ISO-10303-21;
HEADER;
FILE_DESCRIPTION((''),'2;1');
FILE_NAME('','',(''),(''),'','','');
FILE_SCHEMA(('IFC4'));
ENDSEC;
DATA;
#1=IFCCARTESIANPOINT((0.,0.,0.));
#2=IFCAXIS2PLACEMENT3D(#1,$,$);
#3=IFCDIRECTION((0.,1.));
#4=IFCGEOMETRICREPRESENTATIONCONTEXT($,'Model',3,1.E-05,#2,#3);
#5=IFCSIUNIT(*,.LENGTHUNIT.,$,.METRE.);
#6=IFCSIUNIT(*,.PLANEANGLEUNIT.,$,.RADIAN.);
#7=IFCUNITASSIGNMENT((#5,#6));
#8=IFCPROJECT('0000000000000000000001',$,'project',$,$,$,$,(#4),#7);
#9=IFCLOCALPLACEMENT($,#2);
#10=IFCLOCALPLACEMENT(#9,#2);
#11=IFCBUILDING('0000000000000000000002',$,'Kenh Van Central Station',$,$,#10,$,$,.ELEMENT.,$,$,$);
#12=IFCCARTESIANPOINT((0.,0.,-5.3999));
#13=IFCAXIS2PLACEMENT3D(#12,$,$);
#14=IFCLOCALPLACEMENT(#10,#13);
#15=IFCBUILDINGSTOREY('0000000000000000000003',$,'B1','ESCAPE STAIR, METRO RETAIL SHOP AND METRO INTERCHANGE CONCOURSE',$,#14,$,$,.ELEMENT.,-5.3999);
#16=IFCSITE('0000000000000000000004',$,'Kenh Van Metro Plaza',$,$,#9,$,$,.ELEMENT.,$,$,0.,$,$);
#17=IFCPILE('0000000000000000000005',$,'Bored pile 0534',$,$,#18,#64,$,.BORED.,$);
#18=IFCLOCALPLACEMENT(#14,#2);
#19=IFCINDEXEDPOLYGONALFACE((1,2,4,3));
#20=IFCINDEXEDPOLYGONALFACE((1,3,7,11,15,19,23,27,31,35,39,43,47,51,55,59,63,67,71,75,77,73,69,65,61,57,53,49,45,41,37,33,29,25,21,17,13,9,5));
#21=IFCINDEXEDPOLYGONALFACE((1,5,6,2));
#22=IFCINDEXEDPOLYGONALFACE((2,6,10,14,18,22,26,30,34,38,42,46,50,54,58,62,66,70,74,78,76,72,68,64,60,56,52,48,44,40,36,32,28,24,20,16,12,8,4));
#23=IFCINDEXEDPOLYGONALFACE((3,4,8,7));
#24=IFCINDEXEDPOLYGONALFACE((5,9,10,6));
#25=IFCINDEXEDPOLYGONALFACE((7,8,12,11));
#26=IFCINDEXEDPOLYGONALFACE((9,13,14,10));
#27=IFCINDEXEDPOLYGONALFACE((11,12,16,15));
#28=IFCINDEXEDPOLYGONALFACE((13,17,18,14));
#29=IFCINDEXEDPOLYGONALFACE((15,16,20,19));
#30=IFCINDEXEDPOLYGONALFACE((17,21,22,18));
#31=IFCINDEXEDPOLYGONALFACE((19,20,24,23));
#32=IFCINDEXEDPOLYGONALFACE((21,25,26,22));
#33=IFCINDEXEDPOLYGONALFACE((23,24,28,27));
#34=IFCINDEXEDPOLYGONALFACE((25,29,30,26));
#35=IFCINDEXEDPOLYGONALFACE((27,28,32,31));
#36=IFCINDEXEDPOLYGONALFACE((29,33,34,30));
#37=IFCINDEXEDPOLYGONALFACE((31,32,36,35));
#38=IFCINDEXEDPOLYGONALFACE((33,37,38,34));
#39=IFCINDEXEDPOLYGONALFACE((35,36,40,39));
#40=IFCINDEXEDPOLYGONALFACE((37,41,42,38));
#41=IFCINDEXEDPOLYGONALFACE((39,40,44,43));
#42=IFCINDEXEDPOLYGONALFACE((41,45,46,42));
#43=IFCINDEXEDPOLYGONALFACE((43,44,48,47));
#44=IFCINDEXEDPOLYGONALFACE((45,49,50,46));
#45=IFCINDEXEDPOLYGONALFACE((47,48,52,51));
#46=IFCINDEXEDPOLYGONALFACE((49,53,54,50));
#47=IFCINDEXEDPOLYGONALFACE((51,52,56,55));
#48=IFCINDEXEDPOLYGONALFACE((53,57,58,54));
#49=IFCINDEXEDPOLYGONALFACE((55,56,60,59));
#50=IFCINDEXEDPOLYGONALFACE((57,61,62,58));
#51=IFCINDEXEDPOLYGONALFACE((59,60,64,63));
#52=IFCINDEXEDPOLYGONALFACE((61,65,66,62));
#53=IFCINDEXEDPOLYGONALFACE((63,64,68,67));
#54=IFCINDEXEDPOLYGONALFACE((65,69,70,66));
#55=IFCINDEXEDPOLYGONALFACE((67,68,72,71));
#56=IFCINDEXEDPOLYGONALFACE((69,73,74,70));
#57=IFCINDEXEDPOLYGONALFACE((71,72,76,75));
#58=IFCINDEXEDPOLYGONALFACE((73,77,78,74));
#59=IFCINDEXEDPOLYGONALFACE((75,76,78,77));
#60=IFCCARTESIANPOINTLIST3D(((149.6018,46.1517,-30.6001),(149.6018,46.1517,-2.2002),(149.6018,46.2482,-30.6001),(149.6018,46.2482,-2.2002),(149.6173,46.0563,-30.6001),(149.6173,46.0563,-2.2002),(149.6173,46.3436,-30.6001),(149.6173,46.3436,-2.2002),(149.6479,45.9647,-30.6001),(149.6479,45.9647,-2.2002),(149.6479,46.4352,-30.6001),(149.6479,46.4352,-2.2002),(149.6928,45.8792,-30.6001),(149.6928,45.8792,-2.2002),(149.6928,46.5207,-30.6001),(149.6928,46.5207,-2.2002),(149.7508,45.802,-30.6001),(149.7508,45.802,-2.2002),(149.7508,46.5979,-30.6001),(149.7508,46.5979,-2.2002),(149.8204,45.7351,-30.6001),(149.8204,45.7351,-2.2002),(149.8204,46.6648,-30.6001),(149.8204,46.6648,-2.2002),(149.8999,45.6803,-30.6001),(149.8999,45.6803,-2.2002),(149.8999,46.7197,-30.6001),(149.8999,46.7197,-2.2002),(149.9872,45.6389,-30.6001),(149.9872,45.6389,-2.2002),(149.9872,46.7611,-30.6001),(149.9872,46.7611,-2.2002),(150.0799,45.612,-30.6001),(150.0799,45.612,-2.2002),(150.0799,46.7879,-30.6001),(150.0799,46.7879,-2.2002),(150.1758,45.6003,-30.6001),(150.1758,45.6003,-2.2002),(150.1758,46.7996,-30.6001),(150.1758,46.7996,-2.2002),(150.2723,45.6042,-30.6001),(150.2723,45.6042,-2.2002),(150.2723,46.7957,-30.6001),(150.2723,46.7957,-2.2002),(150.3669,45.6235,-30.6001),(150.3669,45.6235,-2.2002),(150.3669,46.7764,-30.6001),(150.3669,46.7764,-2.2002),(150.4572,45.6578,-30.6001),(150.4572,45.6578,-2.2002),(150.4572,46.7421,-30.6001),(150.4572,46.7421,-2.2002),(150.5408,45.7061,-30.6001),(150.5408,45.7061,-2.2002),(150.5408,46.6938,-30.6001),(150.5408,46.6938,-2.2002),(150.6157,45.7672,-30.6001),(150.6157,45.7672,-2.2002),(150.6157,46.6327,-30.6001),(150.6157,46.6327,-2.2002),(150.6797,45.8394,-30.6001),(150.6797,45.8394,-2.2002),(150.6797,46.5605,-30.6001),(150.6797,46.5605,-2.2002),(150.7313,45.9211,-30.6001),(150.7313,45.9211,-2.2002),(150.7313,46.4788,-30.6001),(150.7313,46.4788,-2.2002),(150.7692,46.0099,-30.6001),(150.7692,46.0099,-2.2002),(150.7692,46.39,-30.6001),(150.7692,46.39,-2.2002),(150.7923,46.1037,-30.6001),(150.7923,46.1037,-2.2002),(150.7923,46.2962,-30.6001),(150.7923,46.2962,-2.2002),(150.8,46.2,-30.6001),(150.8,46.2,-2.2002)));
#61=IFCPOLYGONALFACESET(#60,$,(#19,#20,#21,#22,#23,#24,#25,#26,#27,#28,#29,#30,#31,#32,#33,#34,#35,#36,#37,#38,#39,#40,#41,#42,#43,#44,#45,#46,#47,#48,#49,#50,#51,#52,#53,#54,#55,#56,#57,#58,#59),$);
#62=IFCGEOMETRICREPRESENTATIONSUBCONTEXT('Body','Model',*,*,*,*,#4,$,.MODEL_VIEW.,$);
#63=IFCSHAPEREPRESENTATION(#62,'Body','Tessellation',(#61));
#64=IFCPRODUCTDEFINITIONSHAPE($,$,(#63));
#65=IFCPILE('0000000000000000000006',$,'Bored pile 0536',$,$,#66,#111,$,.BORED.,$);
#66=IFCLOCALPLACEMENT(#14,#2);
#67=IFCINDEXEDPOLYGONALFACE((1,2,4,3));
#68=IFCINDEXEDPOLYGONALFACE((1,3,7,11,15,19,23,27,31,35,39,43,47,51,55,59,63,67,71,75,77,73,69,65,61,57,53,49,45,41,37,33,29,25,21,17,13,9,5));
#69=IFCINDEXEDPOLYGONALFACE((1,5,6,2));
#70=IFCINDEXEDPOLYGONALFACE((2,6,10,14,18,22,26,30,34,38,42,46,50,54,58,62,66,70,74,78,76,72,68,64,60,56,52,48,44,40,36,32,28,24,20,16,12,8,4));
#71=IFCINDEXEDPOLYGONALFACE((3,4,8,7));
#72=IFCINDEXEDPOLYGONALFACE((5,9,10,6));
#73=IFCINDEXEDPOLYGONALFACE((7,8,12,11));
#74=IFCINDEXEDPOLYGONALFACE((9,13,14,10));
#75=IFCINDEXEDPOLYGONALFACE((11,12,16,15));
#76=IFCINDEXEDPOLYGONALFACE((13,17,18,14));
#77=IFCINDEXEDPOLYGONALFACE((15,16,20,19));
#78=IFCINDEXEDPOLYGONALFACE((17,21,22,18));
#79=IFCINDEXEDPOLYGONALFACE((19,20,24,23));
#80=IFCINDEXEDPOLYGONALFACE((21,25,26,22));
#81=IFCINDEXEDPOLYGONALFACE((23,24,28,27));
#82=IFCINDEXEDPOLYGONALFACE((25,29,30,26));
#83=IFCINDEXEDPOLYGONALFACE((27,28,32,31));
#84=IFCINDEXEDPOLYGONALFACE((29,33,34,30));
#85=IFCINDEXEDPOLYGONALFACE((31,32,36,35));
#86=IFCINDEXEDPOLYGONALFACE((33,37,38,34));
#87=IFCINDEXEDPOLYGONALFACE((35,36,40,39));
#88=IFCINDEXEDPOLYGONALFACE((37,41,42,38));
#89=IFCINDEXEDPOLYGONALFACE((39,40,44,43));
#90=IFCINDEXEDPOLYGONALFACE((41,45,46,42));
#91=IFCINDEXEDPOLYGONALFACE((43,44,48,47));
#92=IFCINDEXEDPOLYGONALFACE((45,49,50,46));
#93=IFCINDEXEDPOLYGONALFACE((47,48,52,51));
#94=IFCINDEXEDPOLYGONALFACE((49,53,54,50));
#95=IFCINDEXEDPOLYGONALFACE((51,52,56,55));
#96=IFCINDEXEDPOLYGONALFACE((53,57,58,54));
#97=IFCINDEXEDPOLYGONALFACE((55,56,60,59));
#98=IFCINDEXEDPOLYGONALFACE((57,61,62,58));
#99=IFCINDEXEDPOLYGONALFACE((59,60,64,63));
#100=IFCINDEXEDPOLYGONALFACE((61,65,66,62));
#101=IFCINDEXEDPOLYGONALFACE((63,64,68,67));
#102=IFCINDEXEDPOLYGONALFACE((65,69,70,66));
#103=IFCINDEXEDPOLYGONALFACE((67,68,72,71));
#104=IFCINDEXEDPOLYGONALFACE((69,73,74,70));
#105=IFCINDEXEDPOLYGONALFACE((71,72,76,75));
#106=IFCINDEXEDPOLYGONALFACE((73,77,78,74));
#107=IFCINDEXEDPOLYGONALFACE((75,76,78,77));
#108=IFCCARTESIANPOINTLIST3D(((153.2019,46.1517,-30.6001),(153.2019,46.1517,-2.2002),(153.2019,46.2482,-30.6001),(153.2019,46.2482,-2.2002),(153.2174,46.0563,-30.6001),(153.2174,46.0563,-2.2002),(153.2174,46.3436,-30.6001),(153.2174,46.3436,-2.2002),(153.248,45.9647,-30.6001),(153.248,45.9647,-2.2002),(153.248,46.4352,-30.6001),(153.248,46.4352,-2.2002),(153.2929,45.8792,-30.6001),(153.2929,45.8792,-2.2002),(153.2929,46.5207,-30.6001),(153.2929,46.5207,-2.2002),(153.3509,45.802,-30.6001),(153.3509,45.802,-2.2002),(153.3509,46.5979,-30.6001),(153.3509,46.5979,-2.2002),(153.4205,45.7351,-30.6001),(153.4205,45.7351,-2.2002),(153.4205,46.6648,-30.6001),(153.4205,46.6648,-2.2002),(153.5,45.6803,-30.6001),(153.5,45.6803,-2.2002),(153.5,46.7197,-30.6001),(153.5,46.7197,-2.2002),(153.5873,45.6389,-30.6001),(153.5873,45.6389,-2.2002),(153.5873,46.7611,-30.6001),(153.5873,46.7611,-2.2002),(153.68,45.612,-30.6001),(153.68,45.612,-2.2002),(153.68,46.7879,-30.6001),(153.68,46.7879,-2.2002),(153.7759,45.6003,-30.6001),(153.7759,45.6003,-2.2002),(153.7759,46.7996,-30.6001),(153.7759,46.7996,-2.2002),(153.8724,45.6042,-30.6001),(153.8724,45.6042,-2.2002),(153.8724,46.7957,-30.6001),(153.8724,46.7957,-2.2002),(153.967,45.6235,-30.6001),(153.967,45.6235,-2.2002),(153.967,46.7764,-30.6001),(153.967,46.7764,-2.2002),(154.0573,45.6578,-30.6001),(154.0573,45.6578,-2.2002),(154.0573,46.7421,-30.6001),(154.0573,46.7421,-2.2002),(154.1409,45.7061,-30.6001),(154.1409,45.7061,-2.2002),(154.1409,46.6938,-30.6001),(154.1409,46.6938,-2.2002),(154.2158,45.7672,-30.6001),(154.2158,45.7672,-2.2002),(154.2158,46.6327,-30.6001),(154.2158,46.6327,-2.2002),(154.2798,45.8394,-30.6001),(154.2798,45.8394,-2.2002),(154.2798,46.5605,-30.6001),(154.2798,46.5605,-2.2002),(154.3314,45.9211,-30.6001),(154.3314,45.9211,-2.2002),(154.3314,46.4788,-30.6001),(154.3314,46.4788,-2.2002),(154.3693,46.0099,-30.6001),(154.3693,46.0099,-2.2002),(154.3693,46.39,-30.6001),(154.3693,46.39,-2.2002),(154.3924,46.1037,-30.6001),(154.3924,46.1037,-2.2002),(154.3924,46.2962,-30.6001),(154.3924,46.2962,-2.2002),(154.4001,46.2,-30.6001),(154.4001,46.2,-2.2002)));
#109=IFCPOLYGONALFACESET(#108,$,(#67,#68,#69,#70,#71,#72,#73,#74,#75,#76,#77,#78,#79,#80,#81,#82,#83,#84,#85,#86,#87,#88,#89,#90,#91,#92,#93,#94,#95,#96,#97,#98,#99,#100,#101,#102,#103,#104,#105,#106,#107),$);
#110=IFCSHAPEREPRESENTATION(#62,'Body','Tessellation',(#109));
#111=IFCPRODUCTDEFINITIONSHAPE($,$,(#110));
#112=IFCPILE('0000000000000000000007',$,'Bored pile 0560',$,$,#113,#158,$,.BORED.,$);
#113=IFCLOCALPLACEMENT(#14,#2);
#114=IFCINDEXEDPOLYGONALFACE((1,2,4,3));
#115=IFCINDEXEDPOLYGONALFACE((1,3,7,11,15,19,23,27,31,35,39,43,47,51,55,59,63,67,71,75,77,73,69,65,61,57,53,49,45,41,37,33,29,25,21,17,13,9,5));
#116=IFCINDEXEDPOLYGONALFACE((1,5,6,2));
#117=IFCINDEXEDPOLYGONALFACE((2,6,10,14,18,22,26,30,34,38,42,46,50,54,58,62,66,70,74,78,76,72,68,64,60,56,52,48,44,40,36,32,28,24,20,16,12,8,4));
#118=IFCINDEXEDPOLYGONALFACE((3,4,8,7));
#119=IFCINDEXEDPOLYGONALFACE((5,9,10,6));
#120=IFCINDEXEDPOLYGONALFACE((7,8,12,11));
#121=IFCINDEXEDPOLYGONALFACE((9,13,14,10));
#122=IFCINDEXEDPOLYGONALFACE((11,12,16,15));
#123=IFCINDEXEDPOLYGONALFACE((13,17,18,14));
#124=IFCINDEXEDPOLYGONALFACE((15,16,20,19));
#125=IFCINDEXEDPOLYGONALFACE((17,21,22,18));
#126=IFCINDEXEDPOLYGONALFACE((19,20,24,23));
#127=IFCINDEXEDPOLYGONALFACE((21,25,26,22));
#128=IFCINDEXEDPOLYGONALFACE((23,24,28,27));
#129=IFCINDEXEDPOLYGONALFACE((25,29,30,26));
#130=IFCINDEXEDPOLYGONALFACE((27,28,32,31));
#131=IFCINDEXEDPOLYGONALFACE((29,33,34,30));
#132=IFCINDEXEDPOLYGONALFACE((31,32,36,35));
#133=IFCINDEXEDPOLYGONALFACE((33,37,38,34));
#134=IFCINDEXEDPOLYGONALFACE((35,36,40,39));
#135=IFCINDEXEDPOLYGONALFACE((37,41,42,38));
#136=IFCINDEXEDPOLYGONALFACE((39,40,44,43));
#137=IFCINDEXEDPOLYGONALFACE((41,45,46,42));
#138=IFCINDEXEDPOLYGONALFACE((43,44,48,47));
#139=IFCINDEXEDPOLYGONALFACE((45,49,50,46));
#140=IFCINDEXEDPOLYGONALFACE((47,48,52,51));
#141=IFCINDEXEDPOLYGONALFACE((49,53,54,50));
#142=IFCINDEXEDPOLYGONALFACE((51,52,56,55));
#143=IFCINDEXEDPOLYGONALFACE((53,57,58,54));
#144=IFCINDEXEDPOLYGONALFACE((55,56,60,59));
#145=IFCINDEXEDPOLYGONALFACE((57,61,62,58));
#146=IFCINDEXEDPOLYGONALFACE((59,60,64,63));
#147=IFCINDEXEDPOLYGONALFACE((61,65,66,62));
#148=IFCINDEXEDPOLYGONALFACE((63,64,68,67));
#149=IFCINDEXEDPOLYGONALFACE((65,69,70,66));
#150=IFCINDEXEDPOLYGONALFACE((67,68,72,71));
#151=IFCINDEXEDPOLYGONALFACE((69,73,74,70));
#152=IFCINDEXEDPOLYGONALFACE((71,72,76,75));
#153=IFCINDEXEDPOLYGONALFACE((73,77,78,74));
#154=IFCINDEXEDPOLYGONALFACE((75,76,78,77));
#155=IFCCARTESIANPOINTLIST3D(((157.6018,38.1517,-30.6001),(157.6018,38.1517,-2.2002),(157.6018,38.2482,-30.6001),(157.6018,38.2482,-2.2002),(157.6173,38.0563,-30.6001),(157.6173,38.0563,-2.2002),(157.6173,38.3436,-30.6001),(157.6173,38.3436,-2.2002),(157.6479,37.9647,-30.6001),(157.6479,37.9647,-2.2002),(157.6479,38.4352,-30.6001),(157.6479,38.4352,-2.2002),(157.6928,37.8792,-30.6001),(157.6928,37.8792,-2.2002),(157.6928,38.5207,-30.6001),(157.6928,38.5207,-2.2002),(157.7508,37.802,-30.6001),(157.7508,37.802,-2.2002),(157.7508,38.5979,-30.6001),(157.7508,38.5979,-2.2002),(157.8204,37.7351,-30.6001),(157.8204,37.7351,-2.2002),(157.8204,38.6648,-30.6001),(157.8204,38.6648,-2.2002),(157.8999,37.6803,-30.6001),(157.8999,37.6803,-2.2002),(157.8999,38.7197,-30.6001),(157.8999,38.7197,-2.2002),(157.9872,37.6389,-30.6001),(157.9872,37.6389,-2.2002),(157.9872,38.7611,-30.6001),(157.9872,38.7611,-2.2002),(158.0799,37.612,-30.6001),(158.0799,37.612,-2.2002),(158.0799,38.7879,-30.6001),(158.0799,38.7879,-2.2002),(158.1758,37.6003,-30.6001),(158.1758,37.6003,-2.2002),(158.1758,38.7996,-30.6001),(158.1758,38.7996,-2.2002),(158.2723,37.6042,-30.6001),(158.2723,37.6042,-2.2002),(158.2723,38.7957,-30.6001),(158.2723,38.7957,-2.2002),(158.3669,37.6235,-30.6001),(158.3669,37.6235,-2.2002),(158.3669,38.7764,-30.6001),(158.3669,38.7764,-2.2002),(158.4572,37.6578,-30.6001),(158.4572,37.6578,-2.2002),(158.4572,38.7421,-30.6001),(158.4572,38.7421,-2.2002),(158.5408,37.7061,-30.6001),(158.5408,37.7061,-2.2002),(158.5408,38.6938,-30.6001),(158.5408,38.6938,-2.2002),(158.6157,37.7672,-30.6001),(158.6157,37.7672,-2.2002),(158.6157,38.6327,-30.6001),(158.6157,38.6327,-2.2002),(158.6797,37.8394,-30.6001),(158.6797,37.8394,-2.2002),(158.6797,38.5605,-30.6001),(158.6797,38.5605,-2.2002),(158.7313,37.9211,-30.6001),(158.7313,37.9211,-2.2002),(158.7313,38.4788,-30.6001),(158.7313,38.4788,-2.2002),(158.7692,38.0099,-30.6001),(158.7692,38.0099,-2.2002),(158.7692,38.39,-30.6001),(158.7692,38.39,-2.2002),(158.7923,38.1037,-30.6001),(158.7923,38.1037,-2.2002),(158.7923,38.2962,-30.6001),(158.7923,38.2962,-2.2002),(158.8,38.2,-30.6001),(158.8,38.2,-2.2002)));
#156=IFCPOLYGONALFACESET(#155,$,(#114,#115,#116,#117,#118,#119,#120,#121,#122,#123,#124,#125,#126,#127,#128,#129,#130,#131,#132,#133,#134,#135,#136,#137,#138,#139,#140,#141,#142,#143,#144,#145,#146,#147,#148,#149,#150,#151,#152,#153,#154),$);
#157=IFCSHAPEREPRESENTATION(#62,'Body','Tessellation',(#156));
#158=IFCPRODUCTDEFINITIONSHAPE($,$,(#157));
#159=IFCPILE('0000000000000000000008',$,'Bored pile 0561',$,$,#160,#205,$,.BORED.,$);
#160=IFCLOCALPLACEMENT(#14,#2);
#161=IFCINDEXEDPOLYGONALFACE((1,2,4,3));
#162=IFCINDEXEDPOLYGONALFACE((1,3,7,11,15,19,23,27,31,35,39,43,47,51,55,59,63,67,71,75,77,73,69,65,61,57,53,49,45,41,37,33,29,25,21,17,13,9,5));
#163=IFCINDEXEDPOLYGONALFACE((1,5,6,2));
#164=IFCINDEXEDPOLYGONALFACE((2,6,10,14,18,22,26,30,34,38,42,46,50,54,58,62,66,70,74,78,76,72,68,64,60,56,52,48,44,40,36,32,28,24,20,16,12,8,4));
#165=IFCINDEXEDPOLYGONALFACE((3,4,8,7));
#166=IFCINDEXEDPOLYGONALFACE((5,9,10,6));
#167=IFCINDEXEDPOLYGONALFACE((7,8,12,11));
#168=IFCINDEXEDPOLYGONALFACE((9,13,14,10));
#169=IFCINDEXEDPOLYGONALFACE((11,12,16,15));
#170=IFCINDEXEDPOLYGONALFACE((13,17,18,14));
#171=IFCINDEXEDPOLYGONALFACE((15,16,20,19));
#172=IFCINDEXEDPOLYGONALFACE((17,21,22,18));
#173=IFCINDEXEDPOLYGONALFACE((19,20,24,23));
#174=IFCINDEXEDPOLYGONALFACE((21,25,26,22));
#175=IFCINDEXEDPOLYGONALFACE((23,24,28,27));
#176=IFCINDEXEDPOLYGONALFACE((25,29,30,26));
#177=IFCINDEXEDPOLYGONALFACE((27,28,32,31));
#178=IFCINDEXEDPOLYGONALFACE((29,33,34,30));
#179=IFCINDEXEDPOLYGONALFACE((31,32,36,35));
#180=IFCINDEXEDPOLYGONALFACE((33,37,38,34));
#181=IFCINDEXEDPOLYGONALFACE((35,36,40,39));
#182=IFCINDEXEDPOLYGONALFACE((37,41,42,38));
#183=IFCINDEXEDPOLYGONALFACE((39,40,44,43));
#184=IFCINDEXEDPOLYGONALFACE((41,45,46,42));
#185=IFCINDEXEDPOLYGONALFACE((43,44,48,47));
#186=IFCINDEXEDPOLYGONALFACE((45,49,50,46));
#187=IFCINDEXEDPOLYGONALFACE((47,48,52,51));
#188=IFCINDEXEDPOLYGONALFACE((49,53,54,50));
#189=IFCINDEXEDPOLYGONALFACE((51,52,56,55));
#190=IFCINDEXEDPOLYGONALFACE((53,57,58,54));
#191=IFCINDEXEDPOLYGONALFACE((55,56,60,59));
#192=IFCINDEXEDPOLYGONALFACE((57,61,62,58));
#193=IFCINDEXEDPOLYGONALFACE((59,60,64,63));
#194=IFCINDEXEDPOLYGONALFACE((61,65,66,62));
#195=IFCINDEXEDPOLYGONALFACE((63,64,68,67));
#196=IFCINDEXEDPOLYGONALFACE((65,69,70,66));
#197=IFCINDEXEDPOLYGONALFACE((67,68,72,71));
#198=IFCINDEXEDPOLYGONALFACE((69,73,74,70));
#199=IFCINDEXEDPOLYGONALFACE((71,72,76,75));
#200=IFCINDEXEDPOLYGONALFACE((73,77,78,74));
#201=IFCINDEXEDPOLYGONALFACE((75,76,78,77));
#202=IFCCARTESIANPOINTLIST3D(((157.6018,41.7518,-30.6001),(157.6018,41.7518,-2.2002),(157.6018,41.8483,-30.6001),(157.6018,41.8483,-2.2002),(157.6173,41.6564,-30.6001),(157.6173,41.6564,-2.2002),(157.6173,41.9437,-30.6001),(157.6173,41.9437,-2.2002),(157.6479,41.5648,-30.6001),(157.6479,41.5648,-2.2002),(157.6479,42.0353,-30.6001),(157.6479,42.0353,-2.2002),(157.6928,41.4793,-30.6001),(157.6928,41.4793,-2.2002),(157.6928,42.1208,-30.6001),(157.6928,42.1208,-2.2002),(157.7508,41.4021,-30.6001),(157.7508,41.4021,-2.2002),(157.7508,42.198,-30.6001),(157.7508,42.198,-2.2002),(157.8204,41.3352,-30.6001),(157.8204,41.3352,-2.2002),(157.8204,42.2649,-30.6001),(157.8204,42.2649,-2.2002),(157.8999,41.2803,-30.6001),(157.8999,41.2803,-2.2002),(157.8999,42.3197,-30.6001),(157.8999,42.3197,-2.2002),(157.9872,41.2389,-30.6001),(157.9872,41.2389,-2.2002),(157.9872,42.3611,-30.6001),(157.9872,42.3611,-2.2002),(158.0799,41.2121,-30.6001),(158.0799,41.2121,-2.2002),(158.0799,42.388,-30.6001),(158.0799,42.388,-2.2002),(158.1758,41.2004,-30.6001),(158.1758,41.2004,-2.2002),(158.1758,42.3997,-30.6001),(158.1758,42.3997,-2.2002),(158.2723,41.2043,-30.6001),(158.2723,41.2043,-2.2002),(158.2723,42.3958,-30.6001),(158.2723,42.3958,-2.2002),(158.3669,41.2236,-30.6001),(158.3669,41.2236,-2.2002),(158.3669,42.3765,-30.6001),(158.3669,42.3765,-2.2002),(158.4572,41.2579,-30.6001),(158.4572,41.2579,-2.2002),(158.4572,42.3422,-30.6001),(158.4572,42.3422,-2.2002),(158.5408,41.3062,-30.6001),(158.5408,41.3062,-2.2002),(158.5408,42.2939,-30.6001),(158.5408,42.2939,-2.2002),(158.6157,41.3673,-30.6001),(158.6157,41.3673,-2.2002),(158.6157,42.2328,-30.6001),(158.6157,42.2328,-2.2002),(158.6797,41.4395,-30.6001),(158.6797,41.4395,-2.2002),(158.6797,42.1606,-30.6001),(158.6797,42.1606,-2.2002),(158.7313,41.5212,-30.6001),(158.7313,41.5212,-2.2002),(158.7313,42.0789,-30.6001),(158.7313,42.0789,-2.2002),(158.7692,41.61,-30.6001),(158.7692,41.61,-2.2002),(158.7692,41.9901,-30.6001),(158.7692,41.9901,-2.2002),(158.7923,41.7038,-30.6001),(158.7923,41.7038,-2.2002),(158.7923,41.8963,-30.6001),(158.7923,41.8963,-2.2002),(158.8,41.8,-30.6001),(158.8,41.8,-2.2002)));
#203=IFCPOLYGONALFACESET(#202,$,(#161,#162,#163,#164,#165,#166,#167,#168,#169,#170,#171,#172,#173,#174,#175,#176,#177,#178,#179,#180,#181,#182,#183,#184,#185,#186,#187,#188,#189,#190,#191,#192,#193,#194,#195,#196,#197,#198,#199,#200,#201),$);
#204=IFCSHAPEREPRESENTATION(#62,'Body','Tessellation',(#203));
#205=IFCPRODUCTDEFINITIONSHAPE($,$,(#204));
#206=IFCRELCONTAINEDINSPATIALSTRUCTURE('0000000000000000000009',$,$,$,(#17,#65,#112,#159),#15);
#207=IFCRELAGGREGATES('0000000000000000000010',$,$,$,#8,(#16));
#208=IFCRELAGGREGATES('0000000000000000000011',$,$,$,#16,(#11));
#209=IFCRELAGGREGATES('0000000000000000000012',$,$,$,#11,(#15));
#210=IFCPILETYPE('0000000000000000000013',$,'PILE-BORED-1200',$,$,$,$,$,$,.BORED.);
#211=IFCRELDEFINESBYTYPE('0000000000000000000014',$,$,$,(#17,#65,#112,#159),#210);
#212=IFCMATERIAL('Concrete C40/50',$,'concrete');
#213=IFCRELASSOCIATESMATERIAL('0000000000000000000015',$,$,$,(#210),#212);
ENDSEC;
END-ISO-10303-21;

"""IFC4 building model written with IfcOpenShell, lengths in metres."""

from ifc_helpers import new_model, si_unit, direction, frame, origin, origin_2d, place, context, subcontext, project, spatial, circle, extrude, material, material_profile, profile_set, type_object, element, save


model = new_model("IFC4")

# Units and contexts
model_context = context("Model", 3, precision=1e-05, world=origin(), true_north=direction((0.0, 1.0)))
body_context = subcontext(model_context, "Body", "Model", "MODEL_VIEW")
ifc_project = project(units=[si_unit("LENGTHUNIT", "METRE"), si_unit("PLANEANGLEUNIT", "RADIAN")], contexts=[model_context])

# Site, building, storey
site_placement = place(None, origin())
site = spatial("IfcSite", under=ifc_project, at=site_placement, Name="Kenh Van Metro Plaza", CompositionType="ELEMENT", RefElevation=0.0)
building_placement = place(site_placement, origin())
building = spatial("IfcBuilding", under=site, at=building_placement, Name="Kenh Van Central Station", CompositionType="ELEMENT")
storey_placement = place(building_placement, frame((0.0, 0.0, -5.3999)))
storey = spatial("IfcBuildingStorey", under=building, at=storey_placement, Name="B1", Description="ESCAPE STAIR, METRO RETAIL SHOP AND METRO INTERCHANGE CONCOURSE", CompositionType="ELEMENT", Elevation=-5.3999)

# Shared definitions
ifc_material_1 = material(Name="Concrete C40/50", Category="concrete")

# Piles
ifc_material_profile_1 = material_profile(ifc_material_1, circle(Radius=0.6001, at=origin_2d()), Name="PILE D1200")
ifc_profile_set_1 = profile_set([ifc_material_profile_1], Name="Concrete C40/50")
pile_type = type_object("IfcPileType", Name="PILE-BORED-1200", PredefinedType="BORED", material=ifc_profile_set_1)
for number, where, z_axis, x_axis, name in (
    (1, (150.2, 46.2, -2.2002), (0.0, 0.0, -1.0), (1.0, 0.0, 0.0), "Bored pile 0534"),
    (2, (153.8, 46.2, -2.2002), (0.0, 0.0, -1.0), (1.0, 0.0, 0.0), "Bored pile 0536"),
    (3, (158.2, 38.2, -2.2002), (0.0, 0.0, -1.0), (1.0, 0.0, 0.0), "Bored pile 0560"),
    (4, (158.2, 41.8, -2.2002), (0.0, 0.0, -1.0), (1.0, 0.0, 0.0), "Bored pile 0561"),
):
    element("IfcPile", number, at=place(storey_placement, frame(where, z_axis=z_axis, x_axis=x_axis)), inside=storey, type_object=pile_type, Name=name, PredefinedType="BORED", context=body_context, shape_type="SweptSolid", body=[
        extrude(circle(Radius=0.6001, at=origin_2d()), origin(), (0.0, 0.0, 1.0), 28.3999),
    ])

save(model, "model.ifc")
